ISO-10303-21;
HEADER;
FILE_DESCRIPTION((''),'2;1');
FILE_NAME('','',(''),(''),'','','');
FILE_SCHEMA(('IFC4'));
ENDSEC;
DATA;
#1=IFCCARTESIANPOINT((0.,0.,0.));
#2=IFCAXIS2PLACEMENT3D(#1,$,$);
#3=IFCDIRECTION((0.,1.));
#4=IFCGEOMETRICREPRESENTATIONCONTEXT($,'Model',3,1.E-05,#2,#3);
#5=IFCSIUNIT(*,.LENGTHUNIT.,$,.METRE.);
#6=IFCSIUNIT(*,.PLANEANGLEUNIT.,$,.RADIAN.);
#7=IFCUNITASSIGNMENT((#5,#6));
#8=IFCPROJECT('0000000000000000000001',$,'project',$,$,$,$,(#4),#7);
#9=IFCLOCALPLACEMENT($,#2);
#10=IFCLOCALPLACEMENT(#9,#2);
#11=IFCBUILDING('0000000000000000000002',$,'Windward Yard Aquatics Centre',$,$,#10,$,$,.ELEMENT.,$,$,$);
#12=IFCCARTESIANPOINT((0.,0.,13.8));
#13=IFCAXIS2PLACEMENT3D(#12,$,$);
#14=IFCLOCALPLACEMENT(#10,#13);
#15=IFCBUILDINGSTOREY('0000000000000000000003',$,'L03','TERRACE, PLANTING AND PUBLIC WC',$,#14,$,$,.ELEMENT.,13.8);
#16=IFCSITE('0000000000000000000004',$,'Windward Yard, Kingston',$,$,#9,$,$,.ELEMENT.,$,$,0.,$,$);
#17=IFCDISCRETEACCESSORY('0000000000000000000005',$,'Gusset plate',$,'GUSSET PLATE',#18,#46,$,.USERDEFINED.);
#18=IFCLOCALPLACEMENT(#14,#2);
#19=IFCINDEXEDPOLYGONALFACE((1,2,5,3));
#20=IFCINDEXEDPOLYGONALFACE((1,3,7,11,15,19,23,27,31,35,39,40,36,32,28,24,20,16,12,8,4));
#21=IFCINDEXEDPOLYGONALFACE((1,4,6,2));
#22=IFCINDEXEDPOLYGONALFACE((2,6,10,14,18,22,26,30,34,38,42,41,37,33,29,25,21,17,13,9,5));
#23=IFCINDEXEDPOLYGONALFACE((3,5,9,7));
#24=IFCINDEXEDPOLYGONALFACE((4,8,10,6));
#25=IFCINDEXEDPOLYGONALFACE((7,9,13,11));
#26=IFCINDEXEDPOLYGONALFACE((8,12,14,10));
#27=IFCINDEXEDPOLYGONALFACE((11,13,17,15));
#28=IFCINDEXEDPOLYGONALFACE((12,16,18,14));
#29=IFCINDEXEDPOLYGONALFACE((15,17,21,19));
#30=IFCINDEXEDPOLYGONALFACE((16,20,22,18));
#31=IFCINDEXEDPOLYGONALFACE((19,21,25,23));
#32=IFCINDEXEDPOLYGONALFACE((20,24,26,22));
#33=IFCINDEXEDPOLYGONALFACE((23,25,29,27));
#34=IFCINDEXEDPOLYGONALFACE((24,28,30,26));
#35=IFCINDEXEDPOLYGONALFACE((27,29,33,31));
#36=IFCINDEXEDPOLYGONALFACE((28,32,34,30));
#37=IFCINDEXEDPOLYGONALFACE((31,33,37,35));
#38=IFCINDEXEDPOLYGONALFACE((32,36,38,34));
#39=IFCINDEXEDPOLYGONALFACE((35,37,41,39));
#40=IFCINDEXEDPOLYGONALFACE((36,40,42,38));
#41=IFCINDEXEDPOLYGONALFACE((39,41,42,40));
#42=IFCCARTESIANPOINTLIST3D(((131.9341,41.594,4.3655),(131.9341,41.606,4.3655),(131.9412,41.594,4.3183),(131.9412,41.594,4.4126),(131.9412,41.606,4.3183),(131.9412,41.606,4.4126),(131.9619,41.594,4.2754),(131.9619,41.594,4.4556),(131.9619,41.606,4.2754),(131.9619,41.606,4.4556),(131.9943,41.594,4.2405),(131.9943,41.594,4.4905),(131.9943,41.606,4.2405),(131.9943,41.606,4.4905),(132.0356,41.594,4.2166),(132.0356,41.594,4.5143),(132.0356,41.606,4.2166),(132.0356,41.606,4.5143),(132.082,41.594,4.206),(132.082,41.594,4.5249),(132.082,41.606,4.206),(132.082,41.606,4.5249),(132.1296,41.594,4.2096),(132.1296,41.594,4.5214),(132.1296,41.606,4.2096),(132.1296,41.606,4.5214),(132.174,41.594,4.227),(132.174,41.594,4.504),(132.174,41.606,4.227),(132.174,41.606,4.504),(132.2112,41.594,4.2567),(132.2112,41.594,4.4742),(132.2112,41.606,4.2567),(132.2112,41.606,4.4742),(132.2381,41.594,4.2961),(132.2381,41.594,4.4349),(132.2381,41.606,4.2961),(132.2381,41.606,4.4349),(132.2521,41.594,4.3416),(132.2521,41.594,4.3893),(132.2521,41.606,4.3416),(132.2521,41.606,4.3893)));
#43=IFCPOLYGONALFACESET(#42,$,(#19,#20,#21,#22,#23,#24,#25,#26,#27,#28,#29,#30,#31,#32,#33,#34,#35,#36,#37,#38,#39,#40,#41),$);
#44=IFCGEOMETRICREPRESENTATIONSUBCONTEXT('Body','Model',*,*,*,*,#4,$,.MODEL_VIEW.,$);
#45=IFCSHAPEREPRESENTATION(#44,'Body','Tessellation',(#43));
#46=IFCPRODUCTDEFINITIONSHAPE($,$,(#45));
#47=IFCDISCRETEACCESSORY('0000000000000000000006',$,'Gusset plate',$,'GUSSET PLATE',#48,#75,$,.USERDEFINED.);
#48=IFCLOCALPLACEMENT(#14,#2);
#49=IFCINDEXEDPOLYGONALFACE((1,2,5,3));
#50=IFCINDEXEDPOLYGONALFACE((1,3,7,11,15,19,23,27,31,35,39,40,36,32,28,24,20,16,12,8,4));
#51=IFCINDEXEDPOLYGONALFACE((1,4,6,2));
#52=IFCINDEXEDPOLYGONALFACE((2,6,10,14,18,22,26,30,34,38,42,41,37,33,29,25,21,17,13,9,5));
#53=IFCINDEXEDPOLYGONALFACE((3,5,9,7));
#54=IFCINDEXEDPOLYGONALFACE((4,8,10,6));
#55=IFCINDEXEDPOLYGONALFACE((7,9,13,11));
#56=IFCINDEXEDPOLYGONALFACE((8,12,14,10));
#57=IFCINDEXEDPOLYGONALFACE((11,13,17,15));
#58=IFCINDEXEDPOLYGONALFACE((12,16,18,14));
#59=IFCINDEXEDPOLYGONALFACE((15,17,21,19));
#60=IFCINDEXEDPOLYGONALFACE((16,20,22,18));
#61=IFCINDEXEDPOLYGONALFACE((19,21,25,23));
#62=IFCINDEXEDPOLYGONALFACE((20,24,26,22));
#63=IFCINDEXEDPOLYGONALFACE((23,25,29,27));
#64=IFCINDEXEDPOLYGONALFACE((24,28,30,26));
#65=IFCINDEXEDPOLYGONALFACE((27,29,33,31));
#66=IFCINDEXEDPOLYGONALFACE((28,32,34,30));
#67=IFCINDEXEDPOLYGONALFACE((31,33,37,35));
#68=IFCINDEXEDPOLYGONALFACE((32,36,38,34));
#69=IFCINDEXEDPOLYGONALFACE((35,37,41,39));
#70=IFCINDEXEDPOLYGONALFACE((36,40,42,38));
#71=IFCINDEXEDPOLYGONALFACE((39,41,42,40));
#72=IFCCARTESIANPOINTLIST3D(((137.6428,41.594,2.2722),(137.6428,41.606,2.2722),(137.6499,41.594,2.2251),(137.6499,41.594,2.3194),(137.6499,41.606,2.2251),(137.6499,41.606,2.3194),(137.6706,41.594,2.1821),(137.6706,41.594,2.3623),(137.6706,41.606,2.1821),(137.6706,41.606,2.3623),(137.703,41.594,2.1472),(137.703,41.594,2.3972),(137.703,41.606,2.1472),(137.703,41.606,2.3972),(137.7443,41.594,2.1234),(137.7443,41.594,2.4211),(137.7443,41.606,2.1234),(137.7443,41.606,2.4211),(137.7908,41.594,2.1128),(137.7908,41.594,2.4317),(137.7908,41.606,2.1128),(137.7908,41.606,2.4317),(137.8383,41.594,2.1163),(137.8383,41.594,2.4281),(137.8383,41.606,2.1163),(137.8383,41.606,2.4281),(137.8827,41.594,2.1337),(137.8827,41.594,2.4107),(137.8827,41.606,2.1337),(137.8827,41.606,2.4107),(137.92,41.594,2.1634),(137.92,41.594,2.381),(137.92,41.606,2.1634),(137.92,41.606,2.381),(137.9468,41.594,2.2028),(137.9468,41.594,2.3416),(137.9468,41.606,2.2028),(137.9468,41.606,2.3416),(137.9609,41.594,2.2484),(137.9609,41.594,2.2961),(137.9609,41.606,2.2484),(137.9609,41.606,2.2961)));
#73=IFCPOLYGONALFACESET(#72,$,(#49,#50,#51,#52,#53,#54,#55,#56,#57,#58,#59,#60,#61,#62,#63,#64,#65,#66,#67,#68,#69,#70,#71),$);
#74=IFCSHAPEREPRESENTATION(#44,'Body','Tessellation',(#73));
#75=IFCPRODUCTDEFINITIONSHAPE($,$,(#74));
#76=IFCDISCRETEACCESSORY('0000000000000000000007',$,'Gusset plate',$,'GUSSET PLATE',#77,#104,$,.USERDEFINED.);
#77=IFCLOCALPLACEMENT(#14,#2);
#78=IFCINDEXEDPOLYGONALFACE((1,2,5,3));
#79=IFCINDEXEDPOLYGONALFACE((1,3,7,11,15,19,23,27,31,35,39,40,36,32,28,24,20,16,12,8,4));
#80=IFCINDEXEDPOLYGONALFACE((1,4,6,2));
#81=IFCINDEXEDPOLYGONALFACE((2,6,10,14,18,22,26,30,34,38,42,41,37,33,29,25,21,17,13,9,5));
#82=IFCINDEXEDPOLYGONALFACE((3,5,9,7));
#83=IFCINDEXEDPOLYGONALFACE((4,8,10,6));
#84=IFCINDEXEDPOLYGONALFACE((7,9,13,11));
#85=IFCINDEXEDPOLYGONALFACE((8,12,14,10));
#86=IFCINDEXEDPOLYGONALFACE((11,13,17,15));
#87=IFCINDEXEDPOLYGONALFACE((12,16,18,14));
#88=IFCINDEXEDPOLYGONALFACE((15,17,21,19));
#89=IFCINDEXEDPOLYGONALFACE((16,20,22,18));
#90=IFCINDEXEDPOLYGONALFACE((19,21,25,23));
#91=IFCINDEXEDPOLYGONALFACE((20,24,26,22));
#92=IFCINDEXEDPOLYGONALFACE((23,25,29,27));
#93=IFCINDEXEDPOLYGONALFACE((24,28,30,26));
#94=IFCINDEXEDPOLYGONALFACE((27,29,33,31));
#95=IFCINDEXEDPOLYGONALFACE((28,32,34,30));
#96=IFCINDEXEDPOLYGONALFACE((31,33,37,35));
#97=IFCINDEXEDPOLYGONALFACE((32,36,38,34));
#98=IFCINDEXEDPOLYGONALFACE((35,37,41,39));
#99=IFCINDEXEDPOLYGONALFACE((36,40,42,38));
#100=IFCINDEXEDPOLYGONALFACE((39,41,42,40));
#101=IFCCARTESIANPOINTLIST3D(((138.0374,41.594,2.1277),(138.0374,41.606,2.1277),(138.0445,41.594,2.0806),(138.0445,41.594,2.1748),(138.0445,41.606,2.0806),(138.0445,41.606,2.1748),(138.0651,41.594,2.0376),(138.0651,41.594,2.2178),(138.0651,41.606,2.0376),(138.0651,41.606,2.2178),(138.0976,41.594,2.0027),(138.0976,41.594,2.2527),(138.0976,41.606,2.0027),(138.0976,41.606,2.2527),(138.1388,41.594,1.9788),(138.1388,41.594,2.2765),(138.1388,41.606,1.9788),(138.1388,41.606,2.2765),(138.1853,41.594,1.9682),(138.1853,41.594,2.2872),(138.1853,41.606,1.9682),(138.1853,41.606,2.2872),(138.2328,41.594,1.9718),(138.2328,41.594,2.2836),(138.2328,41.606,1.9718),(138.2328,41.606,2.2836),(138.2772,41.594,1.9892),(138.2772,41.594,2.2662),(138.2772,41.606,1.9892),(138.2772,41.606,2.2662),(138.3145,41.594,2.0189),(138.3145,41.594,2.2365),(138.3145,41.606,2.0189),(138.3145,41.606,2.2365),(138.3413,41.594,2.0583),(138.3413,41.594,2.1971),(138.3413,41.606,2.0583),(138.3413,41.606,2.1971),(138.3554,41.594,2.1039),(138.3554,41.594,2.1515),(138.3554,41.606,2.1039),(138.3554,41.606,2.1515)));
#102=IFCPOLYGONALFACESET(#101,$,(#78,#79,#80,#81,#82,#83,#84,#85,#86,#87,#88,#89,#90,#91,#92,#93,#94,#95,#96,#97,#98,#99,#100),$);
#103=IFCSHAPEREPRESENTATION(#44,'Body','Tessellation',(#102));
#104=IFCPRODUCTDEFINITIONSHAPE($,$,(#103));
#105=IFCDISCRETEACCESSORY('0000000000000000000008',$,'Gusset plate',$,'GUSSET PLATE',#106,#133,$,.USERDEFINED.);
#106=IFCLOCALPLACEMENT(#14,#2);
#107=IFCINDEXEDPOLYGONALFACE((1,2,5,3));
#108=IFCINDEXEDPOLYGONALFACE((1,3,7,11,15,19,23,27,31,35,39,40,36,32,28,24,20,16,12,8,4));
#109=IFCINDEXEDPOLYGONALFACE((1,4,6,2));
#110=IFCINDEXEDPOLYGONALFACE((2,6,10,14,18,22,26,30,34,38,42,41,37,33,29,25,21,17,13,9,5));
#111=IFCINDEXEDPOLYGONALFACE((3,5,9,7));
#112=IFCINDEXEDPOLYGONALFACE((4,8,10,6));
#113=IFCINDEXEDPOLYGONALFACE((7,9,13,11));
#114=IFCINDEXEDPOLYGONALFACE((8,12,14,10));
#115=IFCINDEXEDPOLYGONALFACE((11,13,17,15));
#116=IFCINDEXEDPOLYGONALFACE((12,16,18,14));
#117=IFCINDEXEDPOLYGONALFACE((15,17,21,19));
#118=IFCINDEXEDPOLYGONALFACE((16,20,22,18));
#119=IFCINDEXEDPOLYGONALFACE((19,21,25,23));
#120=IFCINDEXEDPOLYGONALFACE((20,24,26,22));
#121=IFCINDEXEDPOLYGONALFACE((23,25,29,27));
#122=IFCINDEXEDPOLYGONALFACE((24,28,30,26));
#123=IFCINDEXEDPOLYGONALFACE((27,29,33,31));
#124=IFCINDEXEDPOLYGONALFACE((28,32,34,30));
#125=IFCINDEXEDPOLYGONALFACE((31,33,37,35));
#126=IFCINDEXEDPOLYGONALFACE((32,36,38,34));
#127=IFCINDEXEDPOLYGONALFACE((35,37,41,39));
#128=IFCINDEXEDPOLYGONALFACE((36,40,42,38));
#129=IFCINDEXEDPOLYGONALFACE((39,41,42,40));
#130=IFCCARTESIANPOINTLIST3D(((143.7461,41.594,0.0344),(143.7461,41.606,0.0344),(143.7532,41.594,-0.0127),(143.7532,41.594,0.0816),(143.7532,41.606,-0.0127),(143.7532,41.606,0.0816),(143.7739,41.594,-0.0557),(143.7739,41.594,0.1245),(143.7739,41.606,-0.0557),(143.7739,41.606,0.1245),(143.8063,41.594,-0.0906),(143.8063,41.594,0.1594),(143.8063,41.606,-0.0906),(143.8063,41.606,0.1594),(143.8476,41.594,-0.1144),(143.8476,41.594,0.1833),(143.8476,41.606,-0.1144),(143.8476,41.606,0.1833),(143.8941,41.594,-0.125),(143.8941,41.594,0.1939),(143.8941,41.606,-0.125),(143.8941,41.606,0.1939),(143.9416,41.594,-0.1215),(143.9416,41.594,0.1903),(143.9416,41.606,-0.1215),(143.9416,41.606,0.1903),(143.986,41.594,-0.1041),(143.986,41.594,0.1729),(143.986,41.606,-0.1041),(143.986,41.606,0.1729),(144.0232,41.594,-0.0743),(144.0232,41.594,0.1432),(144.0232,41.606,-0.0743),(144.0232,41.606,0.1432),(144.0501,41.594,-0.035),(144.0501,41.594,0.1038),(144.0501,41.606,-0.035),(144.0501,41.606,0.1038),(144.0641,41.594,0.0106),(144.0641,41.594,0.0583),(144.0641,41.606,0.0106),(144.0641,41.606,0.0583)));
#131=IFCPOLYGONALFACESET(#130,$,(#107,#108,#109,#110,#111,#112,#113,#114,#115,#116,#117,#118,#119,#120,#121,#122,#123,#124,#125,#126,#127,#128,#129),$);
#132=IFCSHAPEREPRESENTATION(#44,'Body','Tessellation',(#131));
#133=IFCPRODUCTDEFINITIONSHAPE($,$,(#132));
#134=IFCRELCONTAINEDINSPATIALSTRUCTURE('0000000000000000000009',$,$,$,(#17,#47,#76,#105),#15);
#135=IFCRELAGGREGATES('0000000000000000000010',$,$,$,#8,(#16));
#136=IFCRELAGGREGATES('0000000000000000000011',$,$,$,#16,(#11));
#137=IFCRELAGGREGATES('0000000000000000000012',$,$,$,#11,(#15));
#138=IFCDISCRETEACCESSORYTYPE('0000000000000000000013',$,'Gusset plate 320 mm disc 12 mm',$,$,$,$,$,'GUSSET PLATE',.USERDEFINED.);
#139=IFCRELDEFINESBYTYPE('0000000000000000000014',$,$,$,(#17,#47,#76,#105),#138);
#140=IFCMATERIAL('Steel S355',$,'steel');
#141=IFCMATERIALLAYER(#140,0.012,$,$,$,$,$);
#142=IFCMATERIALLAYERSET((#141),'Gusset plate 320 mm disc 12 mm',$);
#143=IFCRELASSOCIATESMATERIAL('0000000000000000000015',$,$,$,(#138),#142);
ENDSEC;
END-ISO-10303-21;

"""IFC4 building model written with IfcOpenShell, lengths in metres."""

from ifc_helpers import new_model, si_unit, direction, frame, origin, origin_2d, place, context, subcontext, project, spatial, circle, extrude, material, layer, layer_set, type_object, element, save


model = new_model("IFC4")

# Units and contexts
model_context = context("Model", 3, precision=1e-05, world=origin(), true_north=direction((0.0, 1.0)))
body_context = subcontext(model_context, "Body", "Model", "MODEL_VIEW")
ifc_project = project(units=[si_unit("LENGTHUNIT", "METRE"), si_unit("PLANEANGLEUNIT", "RADIAN")], contexts=[model_context])

# Site, building, storey
site_placement = place(None, origin())
site = spatial("IfcSite", under=ifc_project, at=site_placement, Name="Windward Yard, Kingston", CompositionType="ELEMENT", RefElevation=0.0)
building_placement = place(site_placement, origin())
building = spatial("IfcBuilding", under=site, at=building_placement, Name="Windward Yard Aquatics Centre", CompositionType="ELEMENT")
storey_placement = place(building_placement, frame((0.0, 0.0, 13.8)))
storey = spatial("IfcBuildingStorey", under=building, at=storey_placement, Name="L03", Description="TERRACE, PLANTING AND PUBLIC WC", CompositionType="ELEMENT", Elevation=13.8)

# Discrete accessories
ifc_material_1 = material(Name="Steel S355", Category="steel")
ifc_layer_1 = layer(ifc_material_1, 0.012)
ifc_layer_set_1 = layer_set([ifc_layer_1], Name="Gusset plate 320 mm disc 12 mm")
discrete_accessory_type = type_object("IfcDiscreteAccessoryType", Name="Gusset plate 320 mm disc 12 mm", ElementType="GUSSET PLATE", PredefinedType="USERDEFINED", material=ifc_layer_set_1)
for number, where, z_axis, x_axis, name in (
    (1, (132.094, 41.594, 4.3655), (0.0, 1.0, 0.0), (-1.0, 0.0, 0.0), "Gusset plate"),
    (2, (137.8027, 41.594, 2.2722), (0.0, 1.0, 0.0), (-1.0, 0.0, 0.0), "Gusset plate"),
    (3, (138.1973, 41.594, 2.1277), (0.0, 1.0, 0.0), (-1.0, 0.0, 0.0), "Gusset plate"),
    (4, (143.906, 41.594, 0.0344), (0.0, 1.0, 0.0), (-1.0, 0.0, 0.0), "Gusset plate"),
):
    element("IfcDiscreteAccessory", number, at=place(storey_placement, frame(where, z_axis=z_axis, x_axis=x_axis)), inside=storey, type_object=discrete_accessory_type, Name=name, ObjectType="GUSSET PLATE", PredefinedType="USERDEFINED", context=body_context, shape_type="SweptSolid", body=[
        extrude(circle(Radius=0.1599, at=origin_2d()), origin(), (0.0, 0.0, 1.0), 0.012),
    ])

save(model, "model.ifc")
